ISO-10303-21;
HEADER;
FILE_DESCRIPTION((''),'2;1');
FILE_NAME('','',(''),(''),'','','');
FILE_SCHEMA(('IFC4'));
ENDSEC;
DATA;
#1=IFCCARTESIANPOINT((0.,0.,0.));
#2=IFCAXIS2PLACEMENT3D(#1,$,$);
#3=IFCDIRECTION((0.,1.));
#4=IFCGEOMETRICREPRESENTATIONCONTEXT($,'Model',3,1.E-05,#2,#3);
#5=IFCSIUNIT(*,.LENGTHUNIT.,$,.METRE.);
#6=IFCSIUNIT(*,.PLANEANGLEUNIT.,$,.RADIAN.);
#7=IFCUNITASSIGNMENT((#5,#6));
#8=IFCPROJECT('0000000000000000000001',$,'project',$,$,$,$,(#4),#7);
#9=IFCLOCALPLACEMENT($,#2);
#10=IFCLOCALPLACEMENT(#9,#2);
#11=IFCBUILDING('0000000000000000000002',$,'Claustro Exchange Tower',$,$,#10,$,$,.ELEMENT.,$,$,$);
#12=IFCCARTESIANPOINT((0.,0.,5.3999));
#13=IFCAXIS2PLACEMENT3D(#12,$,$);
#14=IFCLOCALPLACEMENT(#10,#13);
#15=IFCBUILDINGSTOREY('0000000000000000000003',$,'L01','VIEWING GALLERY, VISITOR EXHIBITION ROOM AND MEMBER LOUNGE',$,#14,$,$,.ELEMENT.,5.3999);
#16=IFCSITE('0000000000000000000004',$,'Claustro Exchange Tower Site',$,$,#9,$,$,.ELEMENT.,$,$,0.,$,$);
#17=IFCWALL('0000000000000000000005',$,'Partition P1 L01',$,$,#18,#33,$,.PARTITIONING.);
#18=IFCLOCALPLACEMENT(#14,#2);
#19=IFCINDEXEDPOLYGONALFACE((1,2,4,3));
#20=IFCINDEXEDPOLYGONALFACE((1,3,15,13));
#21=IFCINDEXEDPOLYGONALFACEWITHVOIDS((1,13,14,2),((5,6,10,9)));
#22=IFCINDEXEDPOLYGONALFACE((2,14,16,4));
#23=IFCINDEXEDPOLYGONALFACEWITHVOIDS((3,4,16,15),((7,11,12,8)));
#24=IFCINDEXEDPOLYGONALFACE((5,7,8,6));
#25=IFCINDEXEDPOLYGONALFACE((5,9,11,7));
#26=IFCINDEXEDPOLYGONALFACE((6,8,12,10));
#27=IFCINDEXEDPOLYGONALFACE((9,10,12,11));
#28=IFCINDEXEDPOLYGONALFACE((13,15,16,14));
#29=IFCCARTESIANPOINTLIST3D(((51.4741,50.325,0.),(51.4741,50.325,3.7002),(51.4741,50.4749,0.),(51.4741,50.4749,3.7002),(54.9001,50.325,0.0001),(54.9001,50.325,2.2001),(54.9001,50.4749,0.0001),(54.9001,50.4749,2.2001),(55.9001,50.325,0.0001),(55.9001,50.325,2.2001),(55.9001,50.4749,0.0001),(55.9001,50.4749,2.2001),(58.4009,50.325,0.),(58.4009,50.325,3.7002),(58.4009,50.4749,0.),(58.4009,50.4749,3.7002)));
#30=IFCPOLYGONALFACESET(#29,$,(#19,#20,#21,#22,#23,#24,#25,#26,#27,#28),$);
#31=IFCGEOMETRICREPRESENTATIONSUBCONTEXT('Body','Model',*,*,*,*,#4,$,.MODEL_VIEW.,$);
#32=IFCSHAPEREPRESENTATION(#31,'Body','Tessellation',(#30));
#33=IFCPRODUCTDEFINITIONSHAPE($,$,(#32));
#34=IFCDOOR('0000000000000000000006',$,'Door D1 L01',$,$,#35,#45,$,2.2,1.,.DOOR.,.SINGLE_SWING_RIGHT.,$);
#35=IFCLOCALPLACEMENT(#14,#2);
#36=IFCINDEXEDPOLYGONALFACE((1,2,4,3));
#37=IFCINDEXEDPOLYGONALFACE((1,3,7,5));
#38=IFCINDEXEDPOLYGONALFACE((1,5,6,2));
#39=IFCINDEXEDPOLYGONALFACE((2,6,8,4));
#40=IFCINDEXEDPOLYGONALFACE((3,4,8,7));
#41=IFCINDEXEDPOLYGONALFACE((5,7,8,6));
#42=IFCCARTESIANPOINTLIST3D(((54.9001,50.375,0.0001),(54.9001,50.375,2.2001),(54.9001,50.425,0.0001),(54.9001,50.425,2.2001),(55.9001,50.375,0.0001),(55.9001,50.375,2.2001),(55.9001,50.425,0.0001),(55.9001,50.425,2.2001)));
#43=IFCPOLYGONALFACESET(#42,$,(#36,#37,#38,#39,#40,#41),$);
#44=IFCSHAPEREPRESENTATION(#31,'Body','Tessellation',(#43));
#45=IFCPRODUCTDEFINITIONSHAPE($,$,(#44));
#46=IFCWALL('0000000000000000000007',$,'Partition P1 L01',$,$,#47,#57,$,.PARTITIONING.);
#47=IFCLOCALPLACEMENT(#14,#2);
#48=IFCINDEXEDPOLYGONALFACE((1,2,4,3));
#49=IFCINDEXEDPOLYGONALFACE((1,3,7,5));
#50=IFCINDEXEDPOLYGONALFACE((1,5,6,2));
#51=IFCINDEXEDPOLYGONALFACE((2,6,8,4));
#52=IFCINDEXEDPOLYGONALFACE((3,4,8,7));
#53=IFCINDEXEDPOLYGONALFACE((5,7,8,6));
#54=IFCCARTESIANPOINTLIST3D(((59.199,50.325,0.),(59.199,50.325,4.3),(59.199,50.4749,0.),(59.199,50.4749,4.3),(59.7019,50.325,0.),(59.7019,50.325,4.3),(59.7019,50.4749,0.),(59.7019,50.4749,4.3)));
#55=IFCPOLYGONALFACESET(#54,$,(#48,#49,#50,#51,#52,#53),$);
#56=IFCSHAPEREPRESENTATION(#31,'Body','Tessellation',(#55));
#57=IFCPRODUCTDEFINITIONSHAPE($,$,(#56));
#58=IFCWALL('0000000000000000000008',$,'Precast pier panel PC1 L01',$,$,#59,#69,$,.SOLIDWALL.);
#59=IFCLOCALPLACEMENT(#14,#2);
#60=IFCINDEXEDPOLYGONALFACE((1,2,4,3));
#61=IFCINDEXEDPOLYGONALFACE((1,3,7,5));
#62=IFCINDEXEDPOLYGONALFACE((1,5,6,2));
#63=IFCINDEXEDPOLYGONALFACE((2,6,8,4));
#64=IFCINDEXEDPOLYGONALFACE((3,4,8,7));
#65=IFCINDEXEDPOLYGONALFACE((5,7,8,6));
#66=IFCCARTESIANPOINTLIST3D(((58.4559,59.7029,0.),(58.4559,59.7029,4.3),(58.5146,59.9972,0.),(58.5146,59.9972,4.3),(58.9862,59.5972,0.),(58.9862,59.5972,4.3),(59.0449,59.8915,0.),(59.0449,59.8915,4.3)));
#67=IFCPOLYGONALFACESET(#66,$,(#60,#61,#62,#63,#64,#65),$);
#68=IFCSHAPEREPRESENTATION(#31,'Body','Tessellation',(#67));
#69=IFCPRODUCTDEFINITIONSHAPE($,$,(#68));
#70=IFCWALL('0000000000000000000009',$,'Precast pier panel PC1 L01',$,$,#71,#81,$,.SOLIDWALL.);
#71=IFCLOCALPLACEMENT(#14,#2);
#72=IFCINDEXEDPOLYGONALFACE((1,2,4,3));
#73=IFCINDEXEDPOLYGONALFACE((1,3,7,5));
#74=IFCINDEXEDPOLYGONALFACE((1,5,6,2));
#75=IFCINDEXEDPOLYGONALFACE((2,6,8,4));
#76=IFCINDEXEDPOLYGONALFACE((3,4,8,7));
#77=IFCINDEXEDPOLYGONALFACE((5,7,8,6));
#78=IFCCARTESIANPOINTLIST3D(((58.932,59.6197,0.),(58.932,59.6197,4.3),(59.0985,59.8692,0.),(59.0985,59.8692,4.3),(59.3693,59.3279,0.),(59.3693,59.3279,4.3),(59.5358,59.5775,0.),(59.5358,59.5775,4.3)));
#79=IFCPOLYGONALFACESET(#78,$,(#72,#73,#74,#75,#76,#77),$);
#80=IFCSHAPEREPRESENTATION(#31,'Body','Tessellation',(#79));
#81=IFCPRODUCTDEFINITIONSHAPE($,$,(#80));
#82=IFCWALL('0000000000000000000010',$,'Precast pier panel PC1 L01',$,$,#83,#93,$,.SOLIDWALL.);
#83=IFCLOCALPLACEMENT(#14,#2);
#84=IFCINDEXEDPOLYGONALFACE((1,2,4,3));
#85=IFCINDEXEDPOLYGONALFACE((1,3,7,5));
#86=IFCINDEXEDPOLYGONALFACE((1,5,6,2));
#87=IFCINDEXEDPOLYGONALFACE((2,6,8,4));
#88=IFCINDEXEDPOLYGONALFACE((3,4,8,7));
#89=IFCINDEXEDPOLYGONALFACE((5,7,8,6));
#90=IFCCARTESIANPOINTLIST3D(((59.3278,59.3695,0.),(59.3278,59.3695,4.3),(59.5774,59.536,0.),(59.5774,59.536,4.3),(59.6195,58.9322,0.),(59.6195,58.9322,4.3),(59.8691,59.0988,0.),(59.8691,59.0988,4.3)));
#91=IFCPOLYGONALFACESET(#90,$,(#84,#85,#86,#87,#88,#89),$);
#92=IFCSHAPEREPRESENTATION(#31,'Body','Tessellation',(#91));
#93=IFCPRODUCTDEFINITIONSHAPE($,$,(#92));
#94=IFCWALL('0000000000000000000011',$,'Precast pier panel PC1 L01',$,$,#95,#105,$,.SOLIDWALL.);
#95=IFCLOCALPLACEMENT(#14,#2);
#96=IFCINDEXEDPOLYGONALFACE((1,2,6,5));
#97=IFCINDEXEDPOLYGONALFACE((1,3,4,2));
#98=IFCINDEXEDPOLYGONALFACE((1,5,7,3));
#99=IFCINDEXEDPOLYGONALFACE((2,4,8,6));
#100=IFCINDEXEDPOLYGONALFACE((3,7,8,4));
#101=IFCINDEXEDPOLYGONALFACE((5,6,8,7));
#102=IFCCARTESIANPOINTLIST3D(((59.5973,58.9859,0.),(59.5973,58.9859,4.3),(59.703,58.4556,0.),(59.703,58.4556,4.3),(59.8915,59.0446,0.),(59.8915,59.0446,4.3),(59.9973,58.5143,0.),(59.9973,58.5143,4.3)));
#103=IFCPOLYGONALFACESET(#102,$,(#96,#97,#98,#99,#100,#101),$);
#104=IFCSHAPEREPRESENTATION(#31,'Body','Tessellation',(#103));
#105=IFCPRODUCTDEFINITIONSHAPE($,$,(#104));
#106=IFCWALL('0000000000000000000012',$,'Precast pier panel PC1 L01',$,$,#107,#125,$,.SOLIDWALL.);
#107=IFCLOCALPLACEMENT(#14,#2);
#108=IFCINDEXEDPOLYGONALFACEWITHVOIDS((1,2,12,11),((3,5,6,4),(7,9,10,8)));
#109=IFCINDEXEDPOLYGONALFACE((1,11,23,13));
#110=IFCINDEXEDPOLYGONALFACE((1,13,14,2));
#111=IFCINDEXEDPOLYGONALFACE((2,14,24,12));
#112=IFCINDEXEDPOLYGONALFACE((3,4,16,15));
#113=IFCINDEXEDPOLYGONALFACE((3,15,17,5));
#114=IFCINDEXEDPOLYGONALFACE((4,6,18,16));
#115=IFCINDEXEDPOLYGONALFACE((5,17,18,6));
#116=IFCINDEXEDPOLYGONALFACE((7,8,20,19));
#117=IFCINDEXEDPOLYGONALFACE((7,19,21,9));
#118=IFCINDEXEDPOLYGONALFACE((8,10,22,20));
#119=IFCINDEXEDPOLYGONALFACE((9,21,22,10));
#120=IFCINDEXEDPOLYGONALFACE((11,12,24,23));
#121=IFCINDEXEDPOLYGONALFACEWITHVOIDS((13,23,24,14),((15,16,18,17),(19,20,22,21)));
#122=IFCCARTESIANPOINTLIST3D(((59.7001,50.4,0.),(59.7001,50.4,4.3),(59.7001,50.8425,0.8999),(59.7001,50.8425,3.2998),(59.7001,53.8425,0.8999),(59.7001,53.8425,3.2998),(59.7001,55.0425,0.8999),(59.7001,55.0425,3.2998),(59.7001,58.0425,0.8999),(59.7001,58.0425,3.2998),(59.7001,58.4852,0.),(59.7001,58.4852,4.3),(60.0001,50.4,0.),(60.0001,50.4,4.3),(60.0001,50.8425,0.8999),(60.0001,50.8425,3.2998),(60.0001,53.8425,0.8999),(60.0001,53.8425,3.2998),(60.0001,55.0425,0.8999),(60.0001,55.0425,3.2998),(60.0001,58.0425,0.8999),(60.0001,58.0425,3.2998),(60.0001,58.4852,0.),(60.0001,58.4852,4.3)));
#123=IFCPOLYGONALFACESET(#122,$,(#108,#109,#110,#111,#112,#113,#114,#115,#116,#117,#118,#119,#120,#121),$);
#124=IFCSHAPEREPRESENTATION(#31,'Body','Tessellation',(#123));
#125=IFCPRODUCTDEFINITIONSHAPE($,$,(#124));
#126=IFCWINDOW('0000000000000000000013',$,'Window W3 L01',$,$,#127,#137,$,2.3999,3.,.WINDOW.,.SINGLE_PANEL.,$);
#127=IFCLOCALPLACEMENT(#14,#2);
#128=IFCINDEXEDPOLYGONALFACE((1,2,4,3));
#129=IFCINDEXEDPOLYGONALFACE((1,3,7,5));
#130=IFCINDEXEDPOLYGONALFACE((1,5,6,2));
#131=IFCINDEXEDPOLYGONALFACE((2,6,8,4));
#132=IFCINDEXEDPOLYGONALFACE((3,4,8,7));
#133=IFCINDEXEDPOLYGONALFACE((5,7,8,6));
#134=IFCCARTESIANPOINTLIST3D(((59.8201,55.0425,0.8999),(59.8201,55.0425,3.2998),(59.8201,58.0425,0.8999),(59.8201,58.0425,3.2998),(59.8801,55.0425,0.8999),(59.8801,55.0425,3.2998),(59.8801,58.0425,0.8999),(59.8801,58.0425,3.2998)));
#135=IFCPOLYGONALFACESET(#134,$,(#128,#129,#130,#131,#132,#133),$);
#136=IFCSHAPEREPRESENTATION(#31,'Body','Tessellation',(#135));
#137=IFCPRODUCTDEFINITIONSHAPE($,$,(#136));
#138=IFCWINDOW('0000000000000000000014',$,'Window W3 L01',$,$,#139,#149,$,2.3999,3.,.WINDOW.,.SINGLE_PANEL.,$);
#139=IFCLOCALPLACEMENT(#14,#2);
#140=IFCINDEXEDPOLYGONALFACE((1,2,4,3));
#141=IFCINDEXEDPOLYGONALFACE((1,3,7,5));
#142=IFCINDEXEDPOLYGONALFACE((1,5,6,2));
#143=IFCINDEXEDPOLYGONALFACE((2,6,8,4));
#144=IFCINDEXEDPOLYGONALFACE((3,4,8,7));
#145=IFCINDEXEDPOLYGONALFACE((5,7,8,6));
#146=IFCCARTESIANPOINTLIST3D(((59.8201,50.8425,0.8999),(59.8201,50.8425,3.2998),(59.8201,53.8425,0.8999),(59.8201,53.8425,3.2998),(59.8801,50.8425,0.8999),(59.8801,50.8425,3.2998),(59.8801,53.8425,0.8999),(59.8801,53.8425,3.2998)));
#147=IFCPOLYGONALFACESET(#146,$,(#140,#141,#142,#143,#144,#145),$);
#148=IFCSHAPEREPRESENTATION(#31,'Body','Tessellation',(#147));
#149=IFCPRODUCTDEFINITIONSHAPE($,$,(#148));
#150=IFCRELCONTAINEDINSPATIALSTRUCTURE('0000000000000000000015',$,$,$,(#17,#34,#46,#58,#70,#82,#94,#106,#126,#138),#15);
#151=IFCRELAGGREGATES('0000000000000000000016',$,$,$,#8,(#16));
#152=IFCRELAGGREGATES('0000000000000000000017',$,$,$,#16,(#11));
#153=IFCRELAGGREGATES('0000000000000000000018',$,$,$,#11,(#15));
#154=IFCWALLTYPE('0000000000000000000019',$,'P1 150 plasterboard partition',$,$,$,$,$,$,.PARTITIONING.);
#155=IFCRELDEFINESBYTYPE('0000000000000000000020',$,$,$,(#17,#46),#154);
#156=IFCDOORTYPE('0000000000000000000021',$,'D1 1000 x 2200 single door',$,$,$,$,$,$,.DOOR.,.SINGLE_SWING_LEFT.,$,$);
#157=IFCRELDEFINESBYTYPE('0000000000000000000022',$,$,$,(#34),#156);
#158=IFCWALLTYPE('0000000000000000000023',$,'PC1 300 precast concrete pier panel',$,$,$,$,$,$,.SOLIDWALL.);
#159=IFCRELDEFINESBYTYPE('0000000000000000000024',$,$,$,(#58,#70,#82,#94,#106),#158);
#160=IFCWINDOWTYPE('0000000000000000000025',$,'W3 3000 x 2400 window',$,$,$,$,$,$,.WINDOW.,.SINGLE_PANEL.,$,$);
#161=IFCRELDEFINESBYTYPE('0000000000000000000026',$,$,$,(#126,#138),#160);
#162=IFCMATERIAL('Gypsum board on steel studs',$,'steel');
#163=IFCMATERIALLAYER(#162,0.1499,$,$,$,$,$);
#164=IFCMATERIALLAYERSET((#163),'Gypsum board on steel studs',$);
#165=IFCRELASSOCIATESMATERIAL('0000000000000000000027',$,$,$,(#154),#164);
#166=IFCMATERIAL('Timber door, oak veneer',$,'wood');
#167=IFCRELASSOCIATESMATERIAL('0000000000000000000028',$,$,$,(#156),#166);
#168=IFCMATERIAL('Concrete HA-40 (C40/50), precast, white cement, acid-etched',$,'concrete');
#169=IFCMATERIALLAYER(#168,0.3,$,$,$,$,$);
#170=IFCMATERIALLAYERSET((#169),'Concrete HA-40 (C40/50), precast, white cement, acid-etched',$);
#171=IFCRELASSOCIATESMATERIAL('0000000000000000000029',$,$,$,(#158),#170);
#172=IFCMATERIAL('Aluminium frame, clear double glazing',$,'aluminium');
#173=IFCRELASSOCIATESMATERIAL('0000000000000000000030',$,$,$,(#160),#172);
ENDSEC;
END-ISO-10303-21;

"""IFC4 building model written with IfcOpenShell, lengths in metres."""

from ifc_helpers import new_model, si_unit, direction, frame, frame_2d, origin, place, context, subcontext, project, spatial, rectangle, extrude, material, layer, layer_set, type_object, element, fill, save


model = new_model("IFC4")

# Units and contexts
model_context = context("Model", 3, precision=1e-05, world=origin(), true_north=direction((0.0, 1.0)))
body_context = subcontext(model_context, "Body", "Model", "MODEL_VIEW")
ifc_project = project(units=[si_unit("LENGTHUNIT", "METRE"), si_unit("PLANEANGLEUNIT", "RADIAN")], contexts=[model_context])

# Site, building, storey
site_placement = place(None, origin())
site = spatial("IfcSite", under=ifc_project, at=site_placement, Name="Claustro Exchange Tower Site", CompositionType="ELEMENT", RefElevation=0.0)
building_placement = place(site_placement, origin())
building = spatial("IfcBuilding", under=site, at=building_placement, Name="Claustro Exchange Tower", CompositionType="ELEMENT")
storey_placement = place(building_placement, frame((0.0, 0.0, 5.3999)))
storey = spatial("IfcBuildingStorey", under=building, at=storey_placement, Name="L01", Description="VIEWING GALLERY, VISITOR EXHIBITION ROOM AND MEMBER LOUNGE", CompositionType="ELEMENT", Elevation=5.3999)

# Wall, opening, door
ifc_material_1 = material(Name="Gypsum board on steel studs", Category="steel")
ifc_layer_1 = layer(ifc_material_1, 0.1499)
ifc_layer_set_1 = layer_set([ifc_layer_1], Name="Gypsum board on steel studs")
wall_type_1 = type_object("IfcWallType", Name="P1 150 plasterboard partition", PredefinedType="PARTITIONING", material=ifc_layer_set_1)
wall_1_placement = place(storey_placement, frame((51.4741, 50.3999, 0.0), z_axis=(0.0, 0.0, 1.0), x_axis=(1.0, 0.0, 0.0)))
wall_1 = element("IfcWall", 1, at=wall_1_placement, inside=storey, type_object=wall_type_1, Name="Partition P1 L01", PredefinedType="PARTITIONING", context=body_context, shape_type="SweptSolid", body=[
    extrude(rectangle(XDim=6.9268, YDim=0.1499, at=frame_2d((3.4634, 0.0))), origin(), (0.0, 0.0, 1.0), 3.7002),
])
opening_1_placement = place(wall_1_placement, frame((3.426, 0.0, 0.0)))
opening_1 = element("IfcOpeningElement", 2, at=opening_1_placement, cuts=wall_1, PredefinedType="OPENING", context=body_context, shape_type="SweptSolid", body=[
    extrude(rectangle(XDim=1.0, YDim=2.2, at=frame_2d((0.5, 1.1001))), frame((0.0, 0.085, 0.0), z_axis=(0.0, -1.0, 0.0), x_axis=(1.0, 0.0, 0.0)), (0.0, 0.0, 1.0), 0.1699),
])
ifc_material_2 = material(Name="Timber door, oak veneer", Category="wood")
door_type = type_object("IfcDoorType", Name="D1 1000 x 2200 single door", OperationType="SINGLE_SWING_LEFT", PredefinedType="DOOR", material=ifc_material_2)
door_placement = place(opening_1_placement, frame((1.0, 0.0, 0.0), z_axis=(0.0, 0.0, 1.0), x_axis=(-1.0, 0.0, 0.0)))
door = element("IfcDoor", 3, at=door_placement, inside=storey, type_object=door_type, Name="Door D1 L01", OperationType="SINGLE_SWING_RIGHT", OverallHeight=2.2, OverallWidth=1.0, PredefinedType="DOOR", context=body_context, shape_type="SweptSolid", body=[
    extrude(rectangle(XDim=1.0, YDim=2.2, at=frame_2d((0.5, 1.1001))), frame((0.0, 0.0249, 0.0), z_axis=(0.0, -1.0, 0.0), x_axis=(1.0, 0.0, 0.0)), (0.0, 0.0, 1.0), 0.05),
])
fill(opening_1, door)

# Walls
wall_2_placement = place(storey_placement, frame((59.199, 50.3999, 0.0), z_axis=(0.0, 0.0, 1.0), x_axis=(1.0, 0.0, 0.0)))
element("IfcWall", 4, at=wall_2_placement, inside=storey, type_object=wall_type_1, Name="Partition P1 L01", PredefinedType="PARTITIONING", context=body_context, shape_type="SweptSolid", body=[
    extrude(rectangle(XDim=0.5029, YDim=0.1499, at=frame_2d((0.2515, 0.0))), origin(), (0.0, 0.0, 1.0), 4.3),
])
ifc_material_3 = material(Name="Concrete HA-40 (C40/50), precast, white cement, acid-etched", Category="concrete")
ifc_layer_2 = layer(ifc_material_3, 0.3)
ifc_layer_set_2 = layer_set([ifc_layer_2], Name="Concrete HA-40 (C40/50), precast, white cement, acid-etched")
wall_type_2 = type_object("IfcWallType", Name="PC1 300 precast concrete pier panel", PredefinedType="SOLIDWALL", material=ifc_layer_set_2)
wall_3_placement = place(storey_placement, frame((58.4851, 59.8501, 0.0), z_axis=(0.0, 0.0, 1.0), x_axis=(0.980702, -0.195508, 0.0)))
element("IfcWall", 5, at=wall_3_placement, inside=storey, type_object=wall_type_2, Name="Precast pier panel PC1 L01", PredefinedType="SOLIDWALL", context=body_context, shape_type="SweptSolid", body=[
    extrude(rectangle(XDim=0.5408, YDim=0.3, at=frame_2d((0.2705, 0.0))), origin(), (0.0, 0.0, 1.0), 4.3),
])
for number, where, z_axis, x_axis, name in (
    (6, (59.0154, 59.7444, 0.0), (0.0, 0.0, 1.0), (0.831836, -0.555022, 0.0), "Precast pier panel PC1 L01"),
    (7, (59.4526, 59.4526, 0.0), (0.0, 0.0, 1.0), (0.555022, -0.831836, 0.0), "Precast pier panel PC1 L01"),
):
    element("IfcWall", number, at=place(storey_placement, frame(where, z_axis=z_axis, x_axis=x_axis)), inside=storey, type_object=wall_type_2, Name=name, PredefinedType="SOLIDWALL", context=body_context, shape_type="SweptSolid", body=[
        extrude(rectangle(XDim=0.5256, YDim=0.3, at=frame_2d((0.2627, 0.0))), origin(), (0.0, 0.0, 1.0), 4.3),
    ])
wall_4_placement = place(storey_placement, frame((59.7444, 59.0154, 0.0), z_axis=(0.0, 0.0, 1.0), x_axis=(0.195508, -0.980702, 0.0)))
element("IfcWall", 8, at=wall_4_placement, inside=storey, type_object=wall_type_2, Name="Precast pier panel PC1 L01", PredefinedType="SOLIDWALL", context=body_context, shape_type="SweptSolid", body=[
    extrude(rectangle(XDim=0.5408, YDim=0.3, at=frame_2d((0.2705, 0.0))), origin(), (0.0, 0.0, 1.0), 4.3),
])

# Wall, openings, windows
wall_5_placement = place(storey_placement, frame((59.8501, 58.4851, 0.0), z_axis=(0.0, 0.0, 1.0), x_axis=(0.0, -1.0, 0.0)))
wall_5 = element("IfcWall", 9, at=wall_5_placement, inside=storey, type_object=wall_type_2, Name="Precast pier panel PC1 L01", PredefinedType="SOLIDWALL", context=body_context, shape_type="SweptSolid", body=[
    extrude(rectangle(XDim=8.0852, YDim=0.3, at=frame_2d((4.0425, 0.0))), origin(), (0.0, 0.0, 1.0), 4.3),
])
opening_2_placement = place(wall_5_placement, frame((0.4426, 0.0, 0.8999)))
opening_2 = element("IfcOpeningElement", 10, at=opening_2_placement, cuts=wall_5, PredefinedType="OPENING", context=body_context, shape_type="SweptSolid", body=[
    extrude(rectangle(XDim=3.0, YDim=2.3999, at=frame_2d((1.5, 1.2))), frame((0.0, 0.1599, 0.0), z_axis=(0.0, -1.0, 0.0), x_axis=(1.0, 0.0, 0.0)), (0.0, 0.0, 1.0), 0.3201),
])
opening_3_placement = place(wall_5_placement, frame((4.6426, 0.0, 0.8999)))
opening_3 = element("IfcOpeningElement", 11, at=opening_3_placement, cuts=wall_5, PredefinedType="OPENING", context=body_context, shape_type="SweptSolid", body=[
    extrude(rectangle(XDim=3.0, YDim=2.3999, at=frame_2d((1.5, 1.2))), frame((0.0, 0.1599, 0.0), z_axis=(0.0, -1.0, 0.0), x_axis=(1.0, 0.0, 0.0)), (0.0, 0.0, 1.0), 0.3201),
])
ifc_material_4 = material(Name="Aluminium frame, clear double glazing", Category="aluminium")
window_type = type_object("IfcWindowType", Name="W3 3000 x 2400 window", PartitioningType="SINGLE_PANEL", PredefinedType="WINDOW", material=ifc_material_4)
window_1_placement = place(opening_2_placement, origin())
window_1 = element("IfcWindow", 12, at=window_1_placement, inside=storey, type_object=window_type, Name="Window W3 L01", OverallHeight=2.3999, OverallWidth=3.0, PartitioningType="SINGLE_PANEL", PredefinedType="WINDOW", context=body_context, shape_type="SweptSolid", body=[
    extrude(rectangle(XDim=3.0, YDim=2.3999, at=frame_2d((1.5, 1.2))), frame((0.0, 0.03, 0.0), z_axis=(0.0, -1.0, 0.0), x_axis=(1.0, 0.0, 0.0)), (0.0, 0.0, 1.0), 0.0601),
])
fill(opening_2, window_1)
window_2_placement = place(opening_3_placement, origin())
window_2 = element("IfcWindow", 13, at=window_2_placement, inside=storey, type_object=window_type, Name="Window W3 L01", OverallHeight=2.3999, OverallWidth=3.0, PartitioningType="SINGLE_PANEL", PredefinedType="WINDOW", context=body_context, shape_type="SweptSolid", body=[
    extrude(rectangle(XDim=3.0, YDim=2.3999, at=frame_2d((1.5, 1.2))), frame((0.0, 0.03, 0.0), z_axis=(0.0, -1.0, 0.0), x_axis=(1.0, 0.0, 0.0)), (0.0, 0.0, 1.0), 0.0601),
])
fill(opening_3, window_2)

save(model, "model.ifc")
